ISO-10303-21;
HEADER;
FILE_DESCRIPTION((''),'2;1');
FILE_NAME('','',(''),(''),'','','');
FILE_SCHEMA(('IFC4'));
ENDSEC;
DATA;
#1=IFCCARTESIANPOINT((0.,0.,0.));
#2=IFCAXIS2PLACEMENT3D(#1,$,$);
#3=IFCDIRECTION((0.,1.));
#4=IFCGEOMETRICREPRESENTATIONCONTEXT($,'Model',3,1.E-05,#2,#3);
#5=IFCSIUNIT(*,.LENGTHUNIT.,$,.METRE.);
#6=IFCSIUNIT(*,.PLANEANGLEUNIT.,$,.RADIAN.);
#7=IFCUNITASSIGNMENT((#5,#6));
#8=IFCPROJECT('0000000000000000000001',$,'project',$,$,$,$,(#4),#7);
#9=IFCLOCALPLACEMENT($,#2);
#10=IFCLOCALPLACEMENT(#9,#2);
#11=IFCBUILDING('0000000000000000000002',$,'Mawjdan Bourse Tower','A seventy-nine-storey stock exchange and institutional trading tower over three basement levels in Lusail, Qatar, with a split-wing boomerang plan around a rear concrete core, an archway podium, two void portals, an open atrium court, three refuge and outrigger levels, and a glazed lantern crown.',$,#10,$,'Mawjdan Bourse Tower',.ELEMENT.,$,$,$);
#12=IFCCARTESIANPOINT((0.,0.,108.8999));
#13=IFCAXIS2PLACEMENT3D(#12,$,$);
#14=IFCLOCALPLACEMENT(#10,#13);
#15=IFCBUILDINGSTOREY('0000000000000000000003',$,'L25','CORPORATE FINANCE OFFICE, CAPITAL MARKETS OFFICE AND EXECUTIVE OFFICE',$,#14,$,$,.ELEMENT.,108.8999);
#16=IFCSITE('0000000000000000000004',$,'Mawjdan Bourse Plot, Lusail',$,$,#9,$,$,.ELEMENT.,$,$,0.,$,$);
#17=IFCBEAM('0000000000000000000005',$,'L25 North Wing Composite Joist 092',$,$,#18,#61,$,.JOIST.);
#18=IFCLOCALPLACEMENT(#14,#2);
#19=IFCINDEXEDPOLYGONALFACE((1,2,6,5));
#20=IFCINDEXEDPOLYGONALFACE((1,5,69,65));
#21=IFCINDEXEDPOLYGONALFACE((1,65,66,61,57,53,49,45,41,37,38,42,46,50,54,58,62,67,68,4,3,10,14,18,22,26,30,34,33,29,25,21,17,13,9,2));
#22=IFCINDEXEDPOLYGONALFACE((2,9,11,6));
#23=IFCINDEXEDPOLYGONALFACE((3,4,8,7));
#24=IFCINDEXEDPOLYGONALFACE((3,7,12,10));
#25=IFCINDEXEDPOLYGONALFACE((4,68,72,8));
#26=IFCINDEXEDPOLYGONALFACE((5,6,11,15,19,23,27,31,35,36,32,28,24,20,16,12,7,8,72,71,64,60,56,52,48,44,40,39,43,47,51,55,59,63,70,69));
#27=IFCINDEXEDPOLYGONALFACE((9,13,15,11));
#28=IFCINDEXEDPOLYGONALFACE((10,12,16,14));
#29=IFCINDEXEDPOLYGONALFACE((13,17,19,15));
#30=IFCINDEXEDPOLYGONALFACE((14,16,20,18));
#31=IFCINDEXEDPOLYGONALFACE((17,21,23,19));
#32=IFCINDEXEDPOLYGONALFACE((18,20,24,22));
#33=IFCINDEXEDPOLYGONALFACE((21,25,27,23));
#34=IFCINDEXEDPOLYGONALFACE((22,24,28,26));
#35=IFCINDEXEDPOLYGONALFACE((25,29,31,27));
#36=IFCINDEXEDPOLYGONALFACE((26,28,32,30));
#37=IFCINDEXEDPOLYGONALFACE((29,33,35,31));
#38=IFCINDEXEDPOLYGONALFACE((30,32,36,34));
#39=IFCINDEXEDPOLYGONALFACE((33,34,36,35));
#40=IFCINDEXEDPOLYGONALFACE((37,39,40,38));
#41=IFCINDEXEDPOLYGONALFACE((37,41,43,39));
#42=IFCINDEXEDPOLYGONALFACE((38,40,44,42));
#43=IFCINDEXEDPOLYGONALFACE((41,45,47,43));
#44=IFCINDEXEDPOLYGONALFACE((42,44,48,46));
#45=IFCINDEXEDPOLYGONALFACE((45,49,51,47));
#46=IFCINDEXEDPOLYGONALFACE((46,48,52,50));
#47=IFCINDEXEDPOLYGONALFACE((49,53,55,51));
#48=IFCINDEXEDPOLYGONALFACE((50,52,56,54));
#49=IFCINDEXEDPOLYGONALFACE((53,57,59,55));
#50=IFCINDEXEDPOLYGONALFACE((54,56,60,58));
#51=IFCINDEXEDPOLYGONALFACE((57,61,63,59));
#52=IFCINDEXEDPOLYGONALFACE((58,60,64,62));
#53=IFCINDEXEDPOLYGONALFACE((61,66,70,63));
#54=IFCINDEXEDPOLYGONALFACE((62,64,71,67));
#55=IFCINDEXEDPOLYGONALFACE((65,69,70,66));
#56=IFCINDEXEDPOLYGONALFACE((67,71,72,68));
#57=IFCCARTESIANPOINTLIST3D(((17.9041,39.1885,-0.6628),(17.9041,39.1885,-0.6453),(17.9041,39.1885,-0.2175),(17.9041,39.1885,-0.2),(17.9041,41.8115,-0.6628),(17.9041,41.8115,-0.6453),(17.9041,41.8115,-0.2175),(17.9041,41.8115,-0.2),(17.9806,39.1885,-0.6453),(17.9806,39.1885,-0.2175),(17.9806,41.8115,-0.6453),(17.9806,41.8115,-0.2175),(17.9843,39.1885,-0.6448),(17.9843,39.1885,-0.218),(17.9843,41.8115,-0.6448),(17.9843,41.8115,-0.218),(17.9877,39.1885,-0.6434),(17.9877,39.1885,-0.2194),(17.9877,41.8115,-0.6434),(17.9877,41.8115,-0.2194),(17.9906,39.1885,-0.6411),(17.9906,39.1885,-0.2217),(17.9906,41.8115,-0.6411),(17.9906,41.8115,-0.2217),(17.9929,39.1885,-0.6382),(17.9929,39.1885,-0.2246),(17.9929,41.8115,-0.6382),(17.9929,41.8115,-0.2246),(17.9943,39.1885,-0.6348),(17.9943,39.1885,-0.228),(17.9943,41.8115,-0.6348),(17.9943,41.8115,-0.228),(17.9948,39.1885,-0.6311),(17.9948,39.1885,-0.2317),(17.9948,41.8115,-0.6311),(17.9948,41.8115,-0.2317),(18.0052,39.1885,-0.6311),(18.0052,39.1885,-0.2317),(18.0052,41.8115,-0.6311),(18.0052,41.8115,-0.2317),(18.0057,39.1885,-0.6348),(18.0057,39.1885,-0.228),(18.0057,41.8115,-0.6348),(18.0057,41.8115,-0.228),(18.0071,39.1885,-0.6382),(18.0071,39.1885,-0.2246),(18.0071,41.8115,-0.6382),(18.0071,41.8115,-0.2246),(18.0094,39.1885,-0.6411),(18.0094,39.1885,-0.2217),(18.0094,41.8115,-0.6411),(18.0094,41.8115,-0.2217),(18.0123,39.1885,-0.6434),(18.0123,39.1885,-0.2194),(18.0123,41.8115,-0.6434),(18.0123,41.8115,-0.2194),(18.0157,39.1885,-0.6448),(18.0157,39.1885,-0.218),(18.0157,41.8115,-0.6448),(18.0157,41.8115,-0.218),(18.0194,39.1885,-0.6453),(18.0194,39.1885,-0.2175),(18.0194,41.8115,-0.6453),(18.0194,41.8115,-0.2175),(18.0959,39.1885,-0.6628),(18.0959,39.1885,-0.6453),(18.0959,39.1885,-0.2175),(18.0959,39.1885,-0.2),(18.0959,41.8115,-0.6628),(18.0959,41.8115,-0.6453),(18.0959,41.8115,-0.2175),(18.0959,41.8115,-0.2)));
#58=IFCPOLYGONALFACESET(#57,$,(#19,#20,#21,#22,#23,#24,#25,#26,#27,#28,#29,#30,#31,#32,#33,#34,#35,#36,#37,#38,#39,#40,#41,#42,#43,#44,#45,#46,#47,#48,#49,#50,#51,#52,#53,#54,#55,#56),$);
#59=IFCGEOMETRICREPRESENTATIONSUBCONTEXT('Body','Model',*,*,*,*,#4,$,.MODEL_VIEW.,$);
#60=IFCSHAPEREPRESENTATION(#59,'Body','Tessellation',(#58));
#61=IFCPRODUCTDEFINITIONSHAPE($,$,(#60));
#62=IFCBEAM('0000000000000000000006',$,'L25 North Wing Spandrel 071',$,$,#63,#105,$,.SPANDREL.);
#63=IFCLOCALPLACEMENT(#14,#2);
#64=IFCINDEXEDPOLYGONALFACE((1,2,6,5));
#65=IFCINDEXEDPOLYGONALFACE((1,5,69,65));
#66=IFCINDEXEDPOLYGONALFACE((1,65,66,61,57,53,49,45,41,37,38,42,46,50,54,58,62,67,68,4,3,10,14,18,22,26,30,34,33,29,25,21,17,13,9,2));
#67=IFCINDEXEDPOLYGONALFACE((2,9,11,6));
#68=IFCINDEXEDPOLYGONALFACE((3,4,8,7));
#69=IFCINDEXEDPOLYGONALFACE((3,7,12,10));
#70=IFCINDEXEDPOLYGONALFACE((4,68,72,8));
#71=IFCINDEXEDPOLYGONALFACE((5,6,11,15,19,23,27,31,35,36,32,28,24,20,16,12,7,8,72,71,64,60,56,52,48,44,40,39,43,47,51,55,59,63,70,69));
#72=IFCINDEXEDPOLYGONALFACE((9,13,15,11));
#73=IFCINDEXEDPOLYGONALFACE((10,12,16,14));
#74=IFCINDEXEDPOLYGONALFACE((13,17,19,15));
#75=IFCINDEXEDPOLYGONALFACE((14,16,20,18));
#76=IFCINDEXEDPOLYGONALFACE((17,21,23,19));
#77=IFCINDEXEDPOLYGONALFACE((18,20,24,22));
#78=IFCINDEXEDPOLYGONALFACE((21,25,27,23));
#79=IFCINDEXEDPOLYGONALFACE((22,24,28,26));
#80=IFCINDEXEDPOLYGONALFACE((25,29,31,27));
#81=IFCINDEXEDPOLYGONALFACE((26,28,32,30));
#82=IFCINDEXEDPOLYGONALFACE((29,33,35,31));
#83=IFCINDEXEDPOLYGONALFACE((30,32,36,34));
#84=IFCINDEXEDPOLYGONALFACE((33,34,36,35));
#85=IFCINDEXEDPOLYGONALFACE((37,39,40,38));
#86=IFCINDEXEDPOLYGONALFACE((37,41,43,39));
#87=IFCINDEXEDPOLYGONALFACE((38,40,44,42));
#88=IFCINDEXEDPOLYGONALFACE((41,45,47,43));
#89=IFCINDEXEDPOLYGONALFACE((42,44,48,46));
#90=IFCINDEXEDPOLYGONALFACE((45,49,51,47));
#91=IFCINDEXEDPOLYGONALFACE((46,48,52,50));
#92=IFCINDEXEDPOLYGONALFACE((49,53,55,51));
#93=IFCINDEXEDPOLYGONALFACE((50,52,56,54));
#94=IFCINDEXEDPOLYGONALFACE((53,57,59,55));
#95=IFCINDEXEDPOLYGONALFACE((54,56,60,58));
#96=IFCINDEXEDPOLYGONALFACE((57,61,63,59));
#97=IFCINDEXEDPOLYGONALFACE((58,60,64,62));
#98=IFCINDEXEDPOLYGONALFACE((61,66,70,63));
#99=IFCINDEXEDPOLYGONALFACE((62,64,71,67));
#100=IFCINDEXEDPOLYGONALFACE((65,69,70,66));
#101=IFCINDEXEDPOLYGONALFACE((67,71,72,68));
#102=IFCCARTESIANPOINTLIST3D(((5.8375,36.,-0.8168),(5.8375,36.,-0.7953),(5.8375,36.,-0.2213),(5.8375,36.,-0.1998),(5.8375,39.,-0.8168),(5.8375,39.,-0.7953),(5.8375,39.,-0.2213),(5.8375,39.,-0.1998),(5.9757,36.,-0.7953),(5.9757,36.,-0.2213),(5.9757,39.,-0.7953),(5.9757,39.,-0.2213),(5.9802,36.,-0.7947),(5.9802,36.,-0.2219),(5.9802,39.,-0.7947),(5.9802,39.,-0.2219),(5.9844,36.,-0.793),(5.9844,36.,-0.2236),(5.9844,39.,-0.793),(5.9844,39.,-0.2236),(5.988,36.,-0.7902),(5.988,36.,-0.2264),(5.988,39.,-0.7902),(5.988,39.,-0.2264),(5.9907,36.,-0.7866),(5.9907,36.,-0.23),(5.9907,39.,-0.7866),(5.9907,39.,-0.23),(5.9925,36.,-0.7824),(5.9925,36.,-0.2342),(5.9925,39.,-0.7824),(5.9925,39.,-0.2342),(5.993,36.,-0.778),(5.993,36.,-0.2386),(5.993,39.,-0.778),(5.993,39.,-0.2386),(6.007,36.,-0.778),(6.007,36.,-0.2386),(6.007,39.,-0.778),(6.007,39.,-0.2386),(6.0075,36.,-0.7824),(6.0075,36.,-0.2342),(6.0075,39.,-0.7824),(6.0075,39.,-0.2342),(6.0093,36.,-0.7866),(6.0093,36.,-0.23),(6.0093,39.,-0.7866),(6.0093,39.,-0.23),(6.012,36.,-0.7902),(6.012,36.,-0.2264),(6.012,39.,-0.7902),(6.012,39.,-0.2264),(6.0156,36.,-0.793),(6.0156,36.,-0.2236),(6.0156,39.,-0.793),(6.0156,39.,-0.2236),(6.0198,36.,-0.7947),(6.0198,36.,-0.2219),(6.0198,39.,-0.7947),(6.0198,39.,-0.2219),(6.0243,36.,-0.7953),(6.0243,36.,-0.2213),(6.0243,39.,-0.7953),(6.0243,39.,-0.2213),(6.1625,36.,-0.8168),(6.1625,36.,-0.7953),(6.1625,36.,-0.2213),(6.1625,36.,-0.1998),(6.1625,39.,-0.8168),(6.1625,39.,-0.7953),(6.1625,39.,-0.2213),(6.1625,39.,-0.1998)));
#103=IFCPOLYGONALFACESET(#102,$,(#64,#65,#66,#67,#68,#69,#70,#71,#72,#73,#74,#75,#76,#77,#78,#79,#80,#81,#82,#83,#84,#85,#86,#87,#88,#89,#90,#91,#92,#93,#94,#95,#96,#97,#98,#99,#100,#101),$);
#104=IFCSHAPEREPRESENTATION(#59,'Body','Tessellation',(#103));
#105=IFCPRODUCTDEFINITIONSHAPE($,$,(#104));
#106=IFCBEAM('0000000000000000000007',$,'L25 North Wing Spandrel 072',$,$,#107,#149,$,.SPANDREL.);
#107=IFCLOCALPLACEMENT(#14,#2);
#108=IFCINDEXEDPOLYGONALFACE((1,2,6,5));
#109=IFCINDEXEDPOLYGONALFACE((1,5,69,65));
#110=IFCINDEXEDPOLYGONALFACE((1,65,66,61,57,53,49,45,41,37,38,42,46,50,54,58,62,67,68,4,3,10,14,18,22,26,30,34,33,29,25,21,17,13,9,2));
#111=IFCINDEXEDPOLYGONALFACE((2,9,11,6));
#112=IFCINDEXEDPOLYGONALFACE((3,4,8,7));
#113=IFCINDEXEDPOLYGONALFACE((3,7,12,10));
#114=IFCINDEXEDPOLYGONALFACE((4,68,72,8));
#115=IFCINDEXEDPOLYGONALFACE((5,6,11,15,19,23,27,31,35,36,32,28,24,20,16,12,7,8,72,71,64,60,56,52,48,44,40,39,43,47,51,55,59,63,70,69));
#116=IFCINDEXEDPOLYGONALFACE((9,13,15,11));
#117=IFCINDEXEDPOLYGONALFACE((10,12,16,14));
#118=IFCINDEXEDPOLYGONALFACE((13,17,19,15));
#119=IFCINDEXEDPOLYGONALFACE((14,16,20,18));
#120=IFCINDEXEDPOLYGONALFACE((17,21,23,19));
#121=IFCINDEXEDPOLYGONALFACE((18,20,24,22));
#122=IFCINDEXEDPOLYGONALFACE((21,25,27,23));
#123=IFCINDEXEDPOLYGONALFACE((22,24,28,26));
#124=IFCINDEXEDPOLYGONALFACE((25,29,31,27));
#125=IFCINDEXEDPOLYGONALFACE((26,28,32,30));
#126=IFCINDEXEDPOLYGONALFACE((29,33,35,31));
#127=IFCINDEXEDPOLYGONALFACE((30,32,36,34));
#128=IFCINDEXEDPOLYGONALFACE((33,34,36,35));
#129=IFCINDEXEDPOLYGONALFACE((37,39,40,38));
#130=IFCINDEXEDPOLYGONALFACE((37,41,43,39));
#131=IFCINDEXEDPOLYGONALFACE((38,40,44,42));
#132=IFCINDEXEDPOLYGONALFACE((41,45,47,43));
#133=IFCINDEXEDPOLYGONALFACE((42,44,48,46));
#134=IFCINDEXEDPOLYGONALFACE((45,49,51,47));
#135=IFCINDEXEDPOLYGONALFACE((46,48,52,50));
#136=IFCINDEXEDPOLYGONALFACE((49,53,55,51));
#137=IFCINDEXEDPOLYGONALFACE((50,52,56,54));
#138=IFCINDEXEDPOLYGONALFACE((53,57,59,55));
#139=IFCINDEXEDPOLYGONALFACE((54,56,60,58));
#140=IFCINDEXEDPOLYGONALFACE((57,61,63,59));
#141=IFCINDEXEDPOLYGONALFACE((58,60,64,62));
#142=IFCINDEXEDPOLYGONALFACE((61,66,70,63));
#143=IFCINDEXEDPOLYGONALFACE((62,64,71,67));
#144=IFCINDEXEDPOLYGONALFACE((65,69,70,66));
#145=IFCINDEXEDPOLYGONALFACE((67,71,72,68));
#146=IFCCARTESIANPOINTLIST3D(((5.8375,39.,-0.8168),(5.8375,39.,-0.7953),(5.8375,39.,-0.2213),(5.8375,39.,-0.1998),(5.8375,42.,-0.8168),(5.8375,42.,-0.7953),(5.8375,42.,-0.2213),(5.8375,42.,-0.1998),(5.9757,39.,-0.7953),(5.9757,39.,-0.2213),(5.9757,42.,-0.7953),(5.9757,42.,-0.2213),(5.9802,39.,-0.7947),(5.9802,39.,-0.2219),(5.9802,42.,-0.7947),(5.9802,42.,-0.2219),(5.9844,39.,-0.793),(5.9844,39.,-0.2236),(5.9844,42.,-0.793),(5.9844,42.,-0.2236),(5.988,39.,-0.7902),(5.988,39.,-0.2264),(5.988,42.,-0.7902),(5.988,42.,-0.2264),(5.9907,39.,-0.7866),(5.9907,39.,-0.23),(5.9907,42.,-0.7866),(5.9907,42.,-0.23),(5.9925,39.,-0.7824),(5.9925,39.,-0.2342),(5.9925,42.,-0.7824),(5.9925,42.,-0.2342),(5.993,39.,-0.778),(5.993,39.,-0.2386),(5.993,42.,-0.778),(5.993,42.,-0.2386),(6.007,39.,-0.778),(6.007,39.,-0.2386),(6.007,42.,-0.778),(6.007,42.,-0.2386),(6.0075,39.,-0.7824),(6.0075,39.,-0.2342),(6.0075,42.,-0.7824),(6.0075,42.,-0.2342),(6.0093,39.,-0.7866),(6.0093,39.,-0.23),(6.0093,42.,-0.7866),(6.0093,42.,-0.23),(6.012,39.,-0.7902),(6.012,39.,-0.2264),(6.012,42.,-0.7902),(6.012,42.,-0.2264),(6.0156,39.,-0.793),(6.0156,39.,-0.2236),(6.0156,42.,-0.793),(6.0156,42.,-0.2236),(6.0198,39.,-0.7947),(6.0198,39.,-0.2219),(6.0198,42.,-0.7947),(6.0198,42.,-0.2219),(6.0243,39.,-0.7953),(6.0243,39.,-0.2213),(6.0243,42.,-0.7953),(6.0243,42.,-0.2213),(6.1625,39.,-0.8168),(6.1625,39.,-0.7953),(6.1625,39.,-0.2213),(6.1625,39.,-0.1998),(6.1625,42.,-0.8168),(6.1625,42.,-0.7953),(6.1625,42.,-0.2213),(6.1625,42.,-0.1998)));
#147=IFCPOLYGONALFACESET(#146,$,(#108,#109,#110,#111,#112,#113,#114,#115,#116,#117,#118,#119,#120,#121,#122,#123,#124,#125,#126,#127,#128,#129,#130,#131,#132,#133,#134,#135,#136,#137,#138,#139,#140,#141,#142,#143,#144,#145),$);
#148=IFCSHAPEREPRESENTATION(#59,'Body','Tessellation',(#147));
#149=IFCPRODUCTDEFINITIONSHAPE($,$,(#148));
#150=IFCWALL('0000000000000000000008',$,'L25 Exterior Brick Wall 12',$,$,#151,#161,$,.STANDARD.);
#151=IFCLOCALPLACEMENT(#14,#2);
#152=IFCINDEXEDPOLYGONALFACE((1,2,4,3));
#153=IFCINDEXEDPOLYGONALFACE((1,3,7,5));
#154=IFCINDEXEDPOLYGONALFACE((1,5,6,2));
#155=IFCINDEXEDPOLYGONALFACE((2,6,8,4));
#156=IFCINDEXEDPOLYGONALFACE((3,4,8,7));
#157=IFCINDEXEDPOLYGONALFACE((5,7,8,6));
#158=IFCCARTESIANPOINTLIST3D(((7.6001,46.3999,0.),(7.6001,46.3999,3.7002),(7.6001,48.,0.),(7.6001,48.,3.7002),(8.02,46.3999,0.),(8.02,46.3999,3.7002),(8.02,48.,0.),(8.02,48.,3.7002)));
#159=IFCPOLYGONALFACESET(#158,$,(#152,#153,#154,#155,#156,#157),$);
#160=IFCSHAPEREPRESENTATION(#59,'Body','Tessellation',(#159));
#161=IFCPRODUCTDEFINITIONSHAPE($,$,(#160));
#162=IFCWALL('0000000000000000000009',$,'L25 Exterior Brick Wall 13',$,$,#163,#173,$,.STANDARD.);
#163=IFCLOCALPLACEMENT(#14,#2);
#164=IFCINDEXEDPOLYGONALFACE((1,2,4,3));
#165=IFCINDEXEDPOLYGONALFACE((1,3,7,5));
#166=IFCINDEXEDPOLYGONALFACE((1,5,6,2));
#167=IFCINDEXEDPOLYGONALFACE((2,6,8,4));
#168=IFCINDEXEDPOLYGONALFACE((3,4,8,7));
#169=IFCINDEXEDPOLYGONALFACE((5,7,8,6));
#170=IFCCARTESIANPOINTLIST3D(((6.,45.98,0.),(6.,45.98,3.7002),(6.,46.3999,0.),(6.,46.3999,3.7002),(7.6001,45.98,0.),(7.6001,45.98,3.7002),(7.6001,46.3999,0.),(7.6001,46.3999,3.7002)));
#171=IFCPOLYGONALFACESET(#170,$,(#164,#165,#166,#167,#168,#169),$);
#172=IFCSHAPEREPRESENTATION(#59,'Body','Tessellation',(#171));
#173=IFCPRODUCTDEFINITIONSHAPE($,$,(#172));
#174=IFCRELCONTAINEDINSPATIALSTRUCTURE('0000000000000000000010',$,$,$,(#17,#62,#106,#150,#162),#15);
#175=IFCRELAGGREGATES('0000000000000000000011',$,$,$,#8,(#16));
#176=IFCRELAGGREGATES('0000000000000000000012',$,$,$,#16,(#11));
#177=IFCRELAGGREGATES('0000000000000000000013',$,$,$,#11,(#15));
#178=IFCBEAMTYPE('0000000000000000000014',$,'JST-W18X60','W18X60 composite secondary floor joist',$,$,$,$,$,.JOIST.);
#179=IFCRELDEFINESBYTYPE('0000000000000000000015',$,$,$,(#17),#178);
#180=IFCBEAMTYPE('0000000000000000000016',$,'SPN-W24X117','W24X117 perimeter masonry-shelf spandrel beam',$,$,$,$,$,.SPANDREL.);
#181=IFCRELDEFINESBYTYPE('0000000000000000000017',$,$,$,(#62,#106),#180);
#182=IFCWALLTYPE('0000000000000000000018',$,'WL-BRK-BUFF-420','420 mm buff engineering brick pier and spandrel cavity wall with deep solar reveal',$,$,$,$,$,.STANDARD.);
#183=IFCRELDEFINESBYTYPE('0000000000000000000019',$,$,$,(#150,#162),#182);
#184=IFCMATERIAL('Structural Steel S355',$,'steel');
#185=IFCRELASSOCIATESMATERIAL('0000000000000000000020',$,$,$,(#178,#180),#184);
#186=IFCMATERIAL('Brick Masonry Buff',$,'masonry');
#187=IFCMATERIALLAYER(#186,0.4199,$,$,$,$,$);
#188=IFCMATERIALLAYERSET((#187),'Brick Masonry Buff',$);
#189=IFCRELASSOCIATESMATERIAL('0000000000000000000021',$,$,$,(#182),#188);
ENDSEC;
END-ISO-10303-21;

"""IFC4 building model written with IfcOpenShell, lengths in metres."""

from ifc_helpers import new_model, si_unit, direction, frame, frame_2d, origin, origin_2d, place, context, subcontext, project, spatial, rectangle, i_section, extrude, material, layer, layer_set, material_profile, profile_set, type_object, element, save


model = new_model("IFC4")

# Units and contexts
model_context = context("Model", 3, precision=1e-05, world=origin(), true_north=direction((0.0, 1.0)))
body_context = subcontext(model_context, "Body", "Model", "MODEL_VIEW")
ifc_project = project(units=[si_unit("LENGTHUNIT", "METRE"), si_unit("PLANEANGLEUNIT", "RADIAN")], contexts=[model_context])

# Site, building, storey
site_placement = place(None, origin())
site = spatial("IfcSite", under=ifc_project, at=site_placement, Name="Mawjdan Bourse Plot, Lusail", CompositionType="ELEMENT", RefElevation=0.0)
building_placement = place(site_placement, origin())
building = spatial("IfcBuilding", under=site, at=building_placement, Name="Mawjdan Bourse Tower", Description="A seventy-nine-storey stock exchange and institutional trading tower over three basement levels in Lusail, Qatar, with a split-wing boomerang plan around a rear concrete core, an archway podium, two void portals, an open atrium court, three refuge and outrigger levels, and a glazed lantern crown.", LongName="Mawjdan Bourse Tower", CompositionType="ELEMENT")
storey_placement = place(building_placement, frame((0.0, 0.0, 108.8999)))
storey = spatial("IfcBuildingStorey", under=building, at=storey_placement, Name="L25", Description="CORPORATE FINANCE OFFICE, CAPITAL MARKETS OFFICE AND EXECUTIVE OFFICE", CompositionType="ELEMENT", Elevation=108.8999)

# Beams
ifc_material_1 = material(Name="Structural Steel S355", Category="steel")
ifc_material_profile_1 = material_profile(ifc_material_1, i_section(OverallWidth=0.1919, OverallDepth=0.4629, WebThickness=0.0105, FlangeThickness=0.0176, FilletRadius=0.0142, at=origin_2d()), Name="W18X60")
ifc_profile_set_1 = profile_set([ifc_material_profile_1], Name="Structural Steel S355")
beam_type_1 = type_object("IfcBeamType", Name="JST-W18X60", Description="W18X60 composite secondary floor joist", PredefinedType="JOIST", material=ifc_profile_set_1)
for number, where, z_axis, x_axis, name in (
    (1, (18.0, 39.1885, -0.4314), (0.0, 1.0, 0.0), (-1.0, 0.0, 0.0), "L25 North Wing Composite Joist 092"),
):
    element("IfcBeam", number, at=place(storey_placement, frame(where, z_axis=z_axis, x_axis=x_axis)), inside=storey, type_object=beam_type_1, Name=name, PredefinedType="JOIST", context=body_context, shape_type="SweptSolid", body=[
        extrude(i_section(OverallWidth=0.1919, OverallDepth=0.4629, WebThickness=0.0105, FlangeThickness=0.0176, FilletRadius=0.0142, at=origin_2d()), origin(), (0.0, 0.0, 1.0), 2.623),
    ])
ifc_material_profile_2 = material_profile(ifc_material_1, i_section(OverallWidth=0.325, OverallDepth=0.6169, WebThickness=0.0139, FlangeThickness=0.0215, FilletRadius=0.0173, at=origin_2d()), Name="W24X117")
ifc_profile_set_2 = profile_set([ifc_material_profile_2], Name="Structural Steel S355")
beam_type_2 = type_object("IfcBeamType", Name="SPN-W24X117", Description="W24X117 perimeter masonry-shelf spandrel beam", PredefinedType="SPANDREL", material=ifc_profile_set_2)
for number, where, z_axis, x_axis, name in (
    (2, (6.0, 36.0, -0.5083), (0.0, 1.0, 0.0), (-1.0, 0.0, 0.0), "L25 North Wing Spandrel 071"),
    (3, (6.0, 39.0, -0.5083), (0.0, 1.0, 0.0), (-1.0, 0.0, 0.0), "L25 North Wing Spandrel 072"),
):
    element("IfcBeam", number, at=place(storey_placement, frame(where, z_axis=z_axis, x_axis=x_axis)), inside=storey, type_object=beam_type_2, Name=name, PredefinedType="SPANDREL", context=body_context, shape_type="SweptSolid", body=[
        extrude(i_section(OverallWidth=0.325, OverallDepth=0.6169, WebThickness=0.0139, FlangeThickness=0.0215, FilletRadius=0.0173, at=origin_2d()), origin(), (0.0, 0.0, 1.0), 3.0),
    ])

# Walls
ifc_material_2 = material(Name="Brick Masonry Buff", Category="masonry")
ifc_layer_1 = layer(ifc_material_2, 0.4199)
ifc_layer_set_1 = layer_set([ifc_layer_1], Name="Brick Masonry Buff")
wall_type_1 = type_object("IfcWallType", Name="WL-BRK-BUFF-420", Description="420 mm buff engineering brick pier and spandrel cavity wall with deep solar reveal", PredefinedType="STANDARD", material=ifc_layer_set_1)
for number, where, z_axis, x_axis, name in (
    (4, (7.8101, 48.0, 0.0), (0.0, 0.0, 1.0), (0.0, -1.0, 0.0), "L25 Exterior Brick Wall 12"),
    (5, (7.6001, 46.1899, 0.0), (0.0, 0.0, 1.0), (-1.0, 0.0, 0.0), "L25 Exterior Brick Wall 13"),
):
    element("IfcWall", number, at=place(storey_placement, frame(where, z_axis=z_axis, x_axis=x_axis)), inside=storey, type_object=wall_type_1, Name=name, PredefinedType="STANDARD", context=body_context, shape_type="SweptSolid", body=[
        extrude(rectangle(XDim=1.6001, YDim=0.4199, at=frame_2d((0.8, 0.0))), origin(), (0.0, 0.0, 1.0), 3.7002),
    ])

save(model, "model.ifc")
